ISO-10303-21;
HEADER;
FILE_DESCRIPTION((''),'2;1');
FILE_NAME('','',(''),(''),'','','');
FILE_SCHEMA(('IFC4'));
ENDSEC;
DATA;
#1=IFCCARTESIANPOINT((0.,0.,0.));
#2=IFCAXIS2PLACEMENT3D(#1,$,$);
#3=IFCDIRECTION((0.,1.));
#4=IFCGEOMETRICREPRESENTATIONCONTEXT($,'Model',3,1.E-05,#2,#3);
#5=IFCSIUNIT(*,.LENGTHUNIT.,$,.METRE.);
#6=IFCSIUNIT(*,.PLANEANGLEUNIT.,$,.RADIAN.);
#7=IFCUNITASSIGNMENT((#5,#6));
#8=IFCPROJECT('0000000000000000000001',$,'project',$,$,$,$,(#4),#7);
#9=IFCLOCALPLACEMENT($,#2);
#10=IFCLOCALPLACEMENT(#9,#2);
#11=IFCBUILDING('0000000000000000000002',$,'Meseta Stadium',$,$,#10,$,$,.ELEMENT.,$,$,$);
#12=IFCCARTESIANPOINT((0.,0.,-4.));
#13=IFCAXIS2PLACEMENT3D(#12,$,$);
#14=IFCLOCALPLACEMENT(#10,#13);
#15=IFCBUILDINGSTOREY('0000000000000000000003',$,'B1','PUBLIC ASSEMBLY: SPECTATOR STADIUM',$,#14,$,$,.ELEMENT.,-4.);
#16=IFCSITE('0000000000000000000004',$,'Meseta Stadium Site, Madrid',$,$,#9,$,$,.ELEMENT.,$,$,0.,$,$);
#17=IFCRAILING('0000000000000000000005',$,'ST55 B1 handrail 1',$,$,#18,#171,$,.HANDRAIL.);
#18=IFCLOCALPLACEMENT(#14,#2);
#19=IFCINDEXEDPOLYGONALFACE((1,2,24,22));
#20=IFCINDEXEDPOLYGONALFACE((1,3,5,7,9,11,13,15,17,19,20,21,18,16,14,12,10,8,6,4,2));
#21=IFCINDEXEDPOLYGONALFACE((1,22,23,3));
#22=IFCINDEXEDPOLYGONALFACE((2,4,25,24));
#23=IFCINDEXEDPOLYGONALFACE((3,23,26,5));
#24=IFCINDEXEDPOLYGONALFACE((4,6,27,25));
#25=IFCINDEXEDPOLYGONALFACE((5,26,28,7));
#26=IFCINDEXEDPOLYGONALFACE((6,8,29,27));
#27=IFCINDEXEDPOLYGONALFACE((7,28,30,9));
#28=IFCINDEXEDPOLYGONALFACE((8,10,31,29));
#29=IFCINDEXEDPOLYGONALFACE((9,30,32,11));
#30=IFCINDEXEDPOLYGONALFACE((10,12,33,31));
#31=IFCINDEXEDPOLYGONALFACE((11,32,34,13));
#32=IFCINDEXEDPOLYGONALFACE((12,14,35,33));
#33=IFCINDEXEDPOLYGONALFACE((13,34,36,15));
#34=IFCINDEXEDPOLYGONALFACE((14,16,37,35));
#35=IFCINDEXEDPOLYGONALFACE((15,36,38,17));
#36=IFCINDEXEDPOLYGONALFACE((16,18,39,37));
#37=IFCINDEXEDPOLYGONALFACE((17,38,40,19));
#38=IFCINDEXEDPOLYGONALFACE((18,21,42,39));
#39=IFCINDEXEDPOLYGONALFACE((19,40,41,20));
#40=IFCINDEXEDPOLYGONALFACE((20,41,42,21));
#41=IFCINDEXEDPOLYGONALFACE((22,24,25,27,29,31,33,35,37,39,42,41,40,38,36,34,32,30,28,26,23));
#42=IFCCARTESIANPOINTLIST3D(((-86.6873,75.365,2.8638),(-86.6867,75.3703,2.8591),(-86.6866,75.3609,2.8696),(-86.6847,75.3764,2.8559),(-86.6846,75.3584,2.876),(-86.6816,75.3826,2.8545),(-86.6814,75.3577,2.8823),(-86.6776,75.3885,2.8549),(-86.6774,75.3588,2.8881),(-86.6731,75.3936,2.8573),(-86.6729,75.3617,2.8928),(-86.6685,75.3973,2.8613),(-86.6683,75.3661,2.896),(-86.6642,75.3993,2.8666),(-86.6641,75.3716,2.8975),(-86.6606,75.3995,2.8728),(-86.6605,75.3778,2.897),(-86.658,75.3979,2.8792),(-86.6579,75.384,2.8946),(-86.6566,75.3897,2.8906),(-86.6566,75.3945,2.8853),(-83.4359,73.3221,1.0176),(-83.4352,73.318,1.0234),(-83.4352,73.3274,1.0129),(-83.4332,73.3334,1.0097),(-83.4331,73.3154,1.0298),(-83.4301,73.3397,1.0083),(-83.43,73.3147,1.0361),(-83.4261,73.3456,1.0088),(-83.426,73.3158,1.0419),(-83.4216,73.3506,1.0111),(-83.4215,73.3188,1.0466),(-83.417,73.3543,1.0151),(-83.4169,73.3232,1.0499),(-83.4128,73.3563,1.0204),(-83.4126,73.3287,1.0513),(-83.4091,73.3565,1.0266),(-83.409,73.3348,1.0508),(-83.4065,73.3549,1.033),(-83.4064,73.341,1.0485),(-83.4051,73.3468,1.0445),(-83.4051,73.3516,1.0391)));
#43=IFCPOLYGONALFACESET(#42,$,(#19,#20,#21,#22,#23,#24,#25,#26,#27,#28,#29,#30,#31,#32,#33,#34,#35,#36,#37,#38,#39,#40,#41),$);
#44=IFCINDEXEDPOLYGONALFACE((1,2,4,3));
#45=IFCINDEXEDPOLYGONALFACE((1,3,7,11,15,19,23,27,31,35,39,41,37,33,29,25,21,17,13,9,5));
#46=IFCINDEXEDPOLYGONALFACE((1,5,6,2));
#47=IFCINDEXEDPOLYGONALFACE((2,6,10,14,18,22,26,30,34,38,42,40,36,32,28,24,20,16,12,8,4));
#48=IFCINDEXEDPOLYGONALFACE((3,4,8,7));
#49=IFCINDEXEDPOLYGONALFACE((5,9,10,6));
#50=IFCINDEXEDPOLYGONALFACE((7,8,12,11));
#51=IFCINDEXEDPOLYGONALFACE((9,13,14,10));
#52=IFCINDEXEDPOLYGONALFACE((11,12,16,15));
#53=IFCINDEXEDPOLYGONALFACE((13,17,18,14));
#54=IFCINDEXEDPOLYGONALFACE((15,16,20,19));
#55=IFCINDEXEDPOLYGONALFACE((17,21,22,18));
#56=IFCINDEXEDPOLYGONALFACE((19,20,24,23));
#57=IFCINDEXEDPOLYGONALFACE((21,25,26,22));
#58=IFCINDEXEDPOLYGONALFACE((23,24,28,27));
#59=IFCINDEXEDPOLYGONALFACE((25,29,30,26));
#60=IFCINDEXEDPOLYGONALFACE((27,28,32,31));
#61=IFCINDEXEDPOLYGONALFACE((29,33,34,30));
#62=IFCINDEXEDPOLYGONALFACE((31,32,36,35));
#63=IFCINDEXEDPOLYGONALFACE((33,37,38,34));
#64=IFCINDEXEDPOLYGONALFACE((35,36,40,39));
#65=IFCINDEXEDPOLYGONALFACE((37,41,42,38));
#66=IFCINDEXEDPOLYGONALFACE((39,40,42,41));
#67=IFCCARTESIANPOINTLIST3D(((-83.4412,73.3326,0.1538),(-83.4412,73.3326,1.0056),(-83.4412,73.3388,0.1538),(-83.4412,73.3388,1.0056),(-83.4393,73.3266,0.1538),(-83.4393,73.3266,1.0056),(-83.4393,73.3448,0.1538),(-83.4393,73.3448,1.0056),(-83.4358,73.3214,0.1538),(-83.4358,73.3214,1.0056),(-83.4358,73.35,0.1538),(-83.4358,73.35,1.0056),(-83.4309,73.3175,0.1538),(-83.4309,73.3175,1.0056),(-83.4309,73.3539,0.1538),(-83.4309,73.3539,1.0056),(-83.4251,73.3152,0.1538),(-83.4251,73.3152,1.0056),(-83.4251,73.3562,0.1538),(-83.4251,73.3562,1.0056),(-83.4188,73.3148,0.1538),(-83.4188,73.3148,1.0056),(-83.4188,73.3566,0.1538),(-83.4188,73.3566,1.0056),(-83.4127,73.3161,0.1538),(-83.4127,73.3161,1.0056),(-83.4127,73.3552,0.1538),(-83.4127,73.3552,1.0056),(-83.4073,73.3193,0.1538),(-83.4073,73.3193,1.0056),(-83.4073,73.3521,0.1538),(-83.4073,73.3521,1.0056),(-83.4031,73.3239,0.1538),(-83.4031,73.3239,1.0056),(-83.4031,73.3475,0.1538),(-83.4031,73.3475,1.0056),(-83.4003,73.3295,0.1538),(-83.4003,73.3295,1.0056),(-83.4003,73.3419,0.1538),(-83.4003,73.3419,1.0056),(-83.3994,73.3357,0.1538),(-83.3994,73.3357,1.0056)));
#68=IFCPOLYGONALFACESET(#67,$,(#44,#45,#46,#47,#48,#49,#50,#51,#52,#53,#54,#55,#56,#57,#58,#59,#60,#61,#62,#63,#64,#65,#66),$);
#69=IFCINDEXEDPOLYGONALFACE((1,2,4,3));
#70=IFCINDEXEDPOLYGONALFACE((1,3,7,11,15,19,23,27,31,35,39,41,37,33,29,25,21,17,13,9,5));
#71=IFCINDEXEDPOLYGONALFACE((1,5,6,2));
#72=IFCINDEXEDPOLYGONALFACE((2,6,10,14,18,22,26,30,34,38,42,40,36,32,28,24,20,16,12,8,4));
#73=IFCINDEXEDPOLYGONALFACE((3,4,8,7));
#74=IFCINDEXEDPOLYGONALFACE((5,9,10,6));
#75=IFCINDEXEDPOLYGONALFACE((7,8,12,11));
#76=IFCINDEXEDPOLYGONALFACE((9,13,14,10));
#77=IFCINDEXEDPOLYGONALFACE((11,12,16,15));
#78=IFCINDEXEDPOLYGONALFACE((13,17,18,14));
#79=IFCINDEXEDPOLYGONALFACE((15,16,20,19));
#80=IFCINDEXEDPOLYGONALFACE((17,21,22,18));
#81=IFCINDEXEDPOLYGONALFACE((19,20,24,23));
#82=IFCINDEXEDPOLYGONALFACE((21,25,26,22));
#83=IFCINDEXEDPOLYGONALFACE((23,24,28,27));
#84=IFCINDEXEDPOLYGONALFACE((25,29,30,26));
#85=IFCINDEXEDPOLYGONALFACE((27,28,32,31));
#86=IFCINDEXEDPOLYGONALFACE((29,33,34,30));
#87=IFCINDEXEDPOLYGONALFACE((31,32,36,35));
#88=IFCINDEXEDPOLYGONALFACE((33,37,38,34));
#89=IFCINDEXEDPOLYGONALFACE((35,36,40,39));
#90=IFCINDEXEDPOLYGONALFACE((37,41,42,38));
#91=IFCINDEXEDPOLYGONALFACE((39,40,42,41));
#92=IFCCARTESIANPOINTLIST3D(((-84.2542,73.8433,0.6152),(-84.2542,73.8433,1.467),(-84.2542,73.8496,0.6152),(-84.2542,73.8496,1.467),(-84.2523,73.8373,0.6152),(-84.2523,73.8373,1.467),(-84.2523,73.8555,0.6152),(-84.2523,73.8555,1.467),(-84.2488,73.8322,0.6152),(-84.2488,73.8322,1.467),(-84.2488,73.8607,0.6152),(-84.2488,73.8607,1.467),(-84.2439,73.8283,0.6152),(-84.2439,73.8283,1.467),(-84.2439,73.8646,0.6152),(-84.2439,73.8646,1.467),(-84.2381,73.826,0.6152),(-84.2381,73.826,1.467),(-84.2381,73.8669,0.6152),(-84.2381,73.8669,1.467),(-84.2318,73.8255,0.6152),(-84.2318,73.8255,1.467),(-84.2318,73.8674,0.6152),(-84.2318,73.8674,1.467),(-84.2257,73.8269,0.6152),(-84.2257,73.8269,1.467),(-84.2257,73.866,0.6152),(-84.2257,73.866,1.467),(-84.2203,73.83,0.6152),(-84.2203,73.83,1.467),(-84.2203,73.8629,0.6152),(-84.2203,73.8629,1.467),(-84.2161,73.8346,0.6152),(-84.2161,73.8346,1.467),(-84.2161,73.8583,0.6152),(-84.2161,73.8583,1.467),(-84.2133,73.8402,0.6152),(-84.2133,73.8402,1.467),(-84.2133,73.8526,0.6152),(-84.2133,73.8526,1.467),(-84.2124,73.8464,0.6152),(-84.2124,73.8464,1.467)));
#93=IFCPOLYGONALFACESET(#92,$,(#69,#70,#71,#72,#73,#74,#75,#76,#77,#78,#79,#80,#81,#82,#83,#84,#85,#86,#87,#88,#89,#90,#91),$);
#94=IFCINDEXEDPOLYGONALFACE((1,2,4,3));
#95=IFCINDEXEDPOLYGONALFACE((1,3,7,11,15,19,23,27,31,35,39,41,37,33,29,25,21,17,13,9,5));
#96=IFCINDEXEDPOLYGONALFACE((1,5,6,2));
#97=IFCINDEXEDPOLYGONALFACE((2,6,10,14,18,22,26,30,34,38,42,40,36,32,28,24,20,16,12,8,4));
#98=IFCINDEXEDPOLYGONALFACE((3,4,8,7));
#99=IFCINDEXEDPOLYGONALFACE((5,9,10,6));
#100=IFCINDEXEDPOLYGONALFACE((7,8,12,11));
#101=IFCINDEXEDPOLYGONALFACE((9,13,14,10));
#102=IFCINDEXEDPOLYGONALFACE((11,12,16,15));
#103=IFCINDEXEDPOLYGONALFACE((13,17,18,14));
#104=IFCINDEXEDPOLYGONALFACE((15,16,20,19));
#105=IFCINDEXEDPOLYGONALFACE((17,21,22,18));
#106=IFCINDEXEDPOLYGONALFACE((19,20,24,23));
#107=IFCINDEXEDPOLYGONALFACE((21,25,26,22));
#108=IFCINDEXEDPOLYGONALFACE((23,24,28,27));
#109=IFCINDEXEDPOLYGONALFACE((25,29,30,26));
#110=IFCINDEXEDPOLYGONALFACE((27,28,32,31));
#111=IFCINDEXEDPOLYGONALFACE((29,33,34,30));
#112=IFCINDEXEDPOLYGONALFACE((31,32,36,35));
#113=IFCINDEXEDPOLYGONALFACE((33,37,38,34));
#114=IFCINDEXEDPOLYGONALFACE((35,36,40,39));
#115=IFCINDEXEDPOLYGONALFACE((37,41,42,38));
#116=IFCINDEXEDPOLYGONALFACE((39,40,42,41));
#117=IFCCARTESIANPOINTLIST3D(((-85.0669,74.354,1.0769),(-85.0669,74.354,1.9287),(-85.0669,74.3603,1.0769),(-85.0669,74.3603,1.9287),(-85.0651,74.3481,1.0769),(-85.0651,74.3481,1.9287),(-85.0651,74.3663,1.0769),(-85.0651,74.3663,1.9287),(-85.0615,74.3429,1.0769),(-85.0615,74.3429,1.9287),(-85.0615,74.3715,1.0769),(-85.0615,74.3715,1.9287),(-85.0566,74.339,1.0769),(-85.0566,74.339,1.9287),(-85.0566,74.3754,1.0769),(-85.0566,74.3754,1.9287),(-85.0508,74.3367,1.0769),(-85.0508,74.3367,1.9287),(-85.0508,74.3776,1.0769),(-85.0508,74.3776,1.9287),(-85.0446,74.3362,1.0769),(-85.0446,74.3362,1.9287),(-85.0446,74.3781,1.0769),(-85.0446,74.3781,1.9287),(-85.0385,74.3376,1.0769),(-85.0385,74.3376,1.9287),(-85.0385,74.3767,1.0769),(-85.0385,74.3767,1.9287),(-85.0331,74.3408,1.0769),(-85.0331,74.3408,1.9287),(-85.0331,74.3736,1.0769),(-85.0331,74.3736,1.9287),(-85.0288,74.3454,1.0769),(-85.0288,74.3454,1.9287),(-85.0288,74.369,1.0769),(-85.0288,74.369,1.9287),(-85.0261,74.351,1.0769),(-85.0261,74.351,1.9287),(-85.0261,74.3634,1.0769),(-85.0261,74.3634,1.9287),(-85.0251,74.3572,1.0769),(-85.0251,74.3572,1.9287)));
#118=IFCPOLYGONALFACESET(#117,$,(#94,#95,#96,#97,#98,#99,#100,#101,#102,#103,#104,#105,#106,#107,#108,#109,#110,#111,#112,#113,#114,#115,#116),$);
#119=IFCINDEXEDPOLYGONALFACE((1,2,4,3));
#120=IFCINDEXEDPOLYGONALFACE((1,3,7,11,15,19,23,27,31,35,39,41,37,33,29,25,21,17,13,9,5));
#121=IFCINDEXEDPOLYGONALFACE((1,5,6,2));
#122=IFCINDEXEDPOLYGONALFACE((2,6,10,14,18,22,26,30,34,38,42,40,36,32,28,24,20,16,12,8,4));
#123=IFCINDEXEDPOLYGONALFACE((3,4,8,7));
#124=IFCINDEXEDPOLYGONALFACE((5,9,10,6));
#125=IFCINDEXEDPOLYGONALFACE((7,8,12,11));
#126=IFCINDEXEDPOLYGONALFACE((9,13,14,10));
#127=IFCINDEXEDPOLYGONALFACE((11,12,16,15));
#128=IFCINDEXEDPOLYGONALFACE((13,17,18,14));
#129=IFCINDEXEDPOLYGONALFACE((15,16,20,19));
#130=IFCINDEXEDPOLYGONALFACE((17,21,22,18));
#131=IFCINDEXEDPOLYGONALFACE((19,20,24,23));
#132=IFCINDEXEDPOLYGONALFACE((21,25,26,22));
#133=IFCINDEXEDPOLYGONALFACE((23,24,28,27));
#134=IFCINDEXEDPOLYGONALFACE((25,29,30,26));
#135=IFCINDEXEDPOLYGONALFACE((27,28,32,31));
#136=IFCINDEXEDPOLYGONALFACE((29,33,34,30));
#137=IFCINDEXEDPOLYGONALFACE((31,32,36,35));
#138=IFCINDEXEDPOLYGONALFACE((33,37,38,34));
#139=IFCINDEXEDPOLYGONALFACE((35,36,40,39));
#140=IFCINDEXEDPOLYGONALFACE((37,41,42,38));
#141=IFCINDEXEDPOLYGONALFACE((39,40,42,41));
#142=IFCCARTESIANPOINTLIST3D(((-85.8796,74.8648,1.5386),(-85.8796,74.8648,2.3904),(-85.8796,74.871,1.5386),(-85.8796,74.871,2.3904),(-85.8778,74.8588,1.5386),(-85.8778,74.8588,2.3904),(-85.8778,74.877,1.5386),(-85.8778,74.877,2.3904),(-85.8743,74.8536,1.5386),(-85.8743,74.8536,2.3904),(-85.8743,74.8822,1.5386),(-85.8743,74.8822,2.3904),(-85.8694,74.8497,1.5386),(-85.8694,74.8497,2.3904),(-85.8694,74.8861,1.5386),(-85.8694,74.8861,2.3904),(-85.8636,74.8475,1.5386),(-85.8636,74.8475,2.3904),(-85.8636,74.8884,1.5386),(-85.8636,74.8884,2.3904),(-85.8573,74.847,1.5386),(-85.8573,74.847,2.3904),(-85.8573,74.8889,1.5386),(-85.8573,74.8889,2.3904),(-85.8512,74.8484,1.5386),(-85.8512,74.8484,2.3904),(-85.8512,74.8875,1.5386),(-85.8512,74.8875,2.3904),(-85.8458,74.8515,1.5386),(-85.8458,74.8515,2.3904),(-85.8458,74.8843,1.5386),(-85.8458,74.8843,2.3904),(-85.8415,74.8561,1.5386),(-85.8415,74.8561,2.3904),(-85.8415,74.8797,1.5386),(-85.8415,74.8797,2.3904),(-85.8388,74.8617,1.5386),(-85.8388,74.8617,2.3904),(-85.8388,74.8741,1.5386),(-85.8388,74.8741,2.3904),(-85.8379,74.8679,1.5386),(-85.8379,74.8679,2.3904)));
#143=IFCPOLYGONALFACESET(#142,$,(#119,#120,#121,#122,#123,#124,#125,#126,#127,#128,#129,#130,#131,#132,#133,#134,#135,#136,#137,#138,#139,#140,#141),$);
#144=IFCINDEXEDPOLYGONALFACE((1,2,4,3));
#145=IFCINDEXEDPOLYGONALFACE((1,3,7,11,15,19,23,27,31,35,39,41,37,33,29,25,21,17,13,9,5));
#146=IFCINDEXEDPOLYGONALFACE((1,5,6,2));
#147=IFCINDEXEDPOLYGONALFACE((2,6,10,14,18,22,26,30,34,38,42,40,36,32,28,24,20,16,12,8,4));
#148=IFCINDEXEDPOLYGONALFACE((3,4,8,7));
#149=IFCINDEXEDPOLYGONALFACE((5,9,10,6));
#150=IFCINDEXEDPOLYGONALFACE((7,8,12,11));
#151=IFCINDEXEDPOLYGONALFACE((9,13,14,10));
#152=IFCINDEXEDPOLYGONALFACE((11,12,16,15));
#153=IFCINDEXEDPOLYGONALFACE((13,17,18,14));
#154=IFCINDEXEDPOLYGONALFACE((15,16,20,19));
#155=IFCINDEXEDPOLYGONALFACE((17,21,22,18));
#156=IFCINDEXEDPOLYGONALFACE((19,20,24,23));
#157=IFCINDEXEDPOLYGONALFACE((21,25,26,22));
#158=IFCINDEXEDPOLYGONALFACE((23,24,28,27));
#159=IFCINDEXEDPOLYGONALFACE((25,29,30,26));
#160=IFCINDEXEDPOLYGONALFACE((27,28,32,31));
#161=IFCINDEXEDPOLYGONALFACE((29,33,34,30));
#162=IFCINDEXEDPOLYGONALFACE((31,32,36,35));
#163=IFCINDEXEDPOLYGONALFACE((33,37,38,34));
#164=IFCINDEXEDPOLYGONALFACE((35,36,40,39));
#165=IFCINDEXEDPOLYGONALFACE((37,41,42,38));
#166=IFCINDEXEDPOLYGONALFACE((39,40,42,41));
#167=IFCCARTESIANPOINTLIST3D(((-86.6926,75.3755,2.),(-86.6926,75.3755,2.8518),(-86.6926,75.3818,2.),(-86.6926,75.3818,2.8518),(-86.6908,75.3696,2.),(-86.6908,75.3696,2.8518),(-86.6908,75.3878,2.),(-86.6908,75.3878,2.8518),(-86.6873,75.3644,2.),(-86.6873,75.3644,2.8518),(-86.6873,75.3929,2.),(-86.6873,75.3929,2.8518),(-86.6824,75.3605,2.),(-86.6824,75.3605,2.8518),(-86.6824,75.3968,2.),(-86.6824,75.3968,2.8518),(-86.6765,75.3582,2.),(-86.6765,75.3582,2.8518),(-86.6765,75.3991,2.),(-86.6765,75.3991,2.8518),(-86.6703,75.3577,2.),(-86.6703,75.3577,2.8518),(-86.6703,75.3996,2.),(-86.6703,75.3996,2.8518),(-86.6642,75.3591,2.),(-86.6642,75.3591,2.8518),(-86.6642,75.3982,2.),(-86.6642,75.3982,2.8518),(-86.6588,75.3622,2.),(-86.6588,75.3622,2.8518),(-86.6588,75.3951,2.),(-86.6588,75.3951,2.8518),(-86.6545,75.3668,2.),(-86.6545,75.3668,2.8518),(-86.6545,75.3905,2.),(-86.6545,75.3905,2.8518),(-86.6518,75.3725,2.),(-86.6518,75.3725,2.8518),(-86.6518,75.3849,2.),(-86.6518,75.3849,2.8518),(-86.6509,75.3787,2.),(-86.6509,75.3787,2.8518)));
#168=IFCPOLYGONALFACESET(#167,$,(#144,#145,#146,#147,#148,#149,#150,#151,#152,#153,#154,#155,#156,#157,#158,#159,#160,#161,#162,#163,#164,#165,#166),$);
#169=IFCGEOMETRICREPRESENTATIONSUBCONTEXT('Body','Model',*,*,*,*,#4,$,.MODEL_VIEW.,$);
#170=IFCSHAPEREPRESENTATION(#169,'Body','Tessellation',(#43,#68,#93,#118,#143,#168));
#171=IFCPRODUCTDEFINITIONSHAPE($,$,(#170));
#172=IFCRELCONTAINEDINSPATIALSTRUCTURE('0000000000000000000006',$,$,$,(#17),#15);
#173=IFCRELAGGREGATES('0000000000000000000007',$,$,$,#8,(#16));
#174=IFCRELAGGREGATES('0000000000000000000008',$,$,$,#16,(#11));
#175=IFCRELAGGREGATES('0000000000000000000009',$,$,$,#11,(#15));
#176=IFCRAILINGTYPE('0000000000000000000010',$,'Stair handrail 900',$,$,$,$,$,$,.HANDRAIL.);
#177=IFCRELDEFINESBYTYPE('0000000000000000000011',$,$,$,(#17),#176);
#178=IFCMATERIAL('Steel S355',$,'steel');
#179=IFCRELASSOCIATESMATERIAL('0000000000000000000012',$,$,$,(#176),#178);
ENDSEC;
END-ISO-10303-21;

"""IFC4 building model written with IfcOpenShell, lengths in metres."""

from ifc_helpers import new_model, si_unit, direction, frame, origin, origin_2d, place, context, subcontext, project, spatial, circle, extrude, material, type_object, element, save


model = new_model("IFC4")

# Units and contexts
model_context = context("Model", 3, precision=1e-05, world=origin(), true_north=direction((0.0, 1.0)))
body_context = subcontext(model_context, "Body", "Model", "MODEL_VIEW")
ifc_project = project(units=[si_unit("LENGTHUNIT", "METRE"), si_unit("PLANEANGLEUNIT", "RADIAN")], contexts=[model_context])

# Site, building, storey
site_placement = place(None, origin())
site = spatial("IfcSite", under=ifc_project, at=site_placement, Name="Meseta Stadium Site, Madrid", CompositionType="ELEMENT", RefElevation=0.0)
building_placement = place(site_placement, origin())
building = spatial("IfcBuilding", under=site, at=building_placement, Name="Meseta Stadium", CompositionType="ELEMENT")
storey_placement = place(building_placement, frame((0.0, 0.0, -4.0)))
storey = spatial("IfcBuildingStorey", under=building, at=storey_placement, Name="B1", Description="PUBLIC ASSEMBLY: SPECTATOR STADIUM", CompositionType="ELEMENT", Elevation=-4.0)

# Railing
ifc_material_1 = material(Name="Steel S355", Category="steel")
railing_type_1 = type_object("IfcRailingType", Name="Stair handrail 900", PredefinedType="HANDRAIL", material=ifc_material_1)
railing_1_placement = place(storey_placement, frame((-83.4204, 73.3357, 0.1538)))
element("IfcRailing", 1, at=railing_1_placement, inside=storey, type_object=railing_type_1, Name="ST55 B1 handrail 1", PredefinedType="HANDRAIL", context=body_context, shape_type="SweptSolid", body=[
    extrude(circle(Radius=0.0239, at=origin_2d()), frame((0.0, 0.0, 0.876), z_axis=(-0.763117, 0.479483, 0.4333), x_axis=(-0.53202, -0.846731, 0.0)), (0.0, 0.0, 1.0), 4.2607),
    extrude(circle(Radius=0.021, at=origin_2d()), origin(), (0.0, 0.0, 1.0), 0.8518),
    extrude(circle(Radius=0.021, at=origin_2d()), frame((-0.813, 0.5107, 0.4614)), (0.0, 0.0, 1.0), 0.8518),
    extrude(circle(Radius=0.021, at=origin_2d()), frame((-1.6257, 1.0215, 0.9231)), (0.0, 0.0, 1.0), 0.8518),
    extrude(circle(Radius=0.021, at=origin_2d()), frame((-2.4385, 1.5322, 1.3848)), (0.0, 0.0, 1.0), 0.8518),
    extrude(circle(Radius=0.021, at=origin_2d()), frame((-3.2515, 2.043, 1.8462)), (0.0, 0.0, 1.0), 0.8518),
])

save(model, "model.ifc")
